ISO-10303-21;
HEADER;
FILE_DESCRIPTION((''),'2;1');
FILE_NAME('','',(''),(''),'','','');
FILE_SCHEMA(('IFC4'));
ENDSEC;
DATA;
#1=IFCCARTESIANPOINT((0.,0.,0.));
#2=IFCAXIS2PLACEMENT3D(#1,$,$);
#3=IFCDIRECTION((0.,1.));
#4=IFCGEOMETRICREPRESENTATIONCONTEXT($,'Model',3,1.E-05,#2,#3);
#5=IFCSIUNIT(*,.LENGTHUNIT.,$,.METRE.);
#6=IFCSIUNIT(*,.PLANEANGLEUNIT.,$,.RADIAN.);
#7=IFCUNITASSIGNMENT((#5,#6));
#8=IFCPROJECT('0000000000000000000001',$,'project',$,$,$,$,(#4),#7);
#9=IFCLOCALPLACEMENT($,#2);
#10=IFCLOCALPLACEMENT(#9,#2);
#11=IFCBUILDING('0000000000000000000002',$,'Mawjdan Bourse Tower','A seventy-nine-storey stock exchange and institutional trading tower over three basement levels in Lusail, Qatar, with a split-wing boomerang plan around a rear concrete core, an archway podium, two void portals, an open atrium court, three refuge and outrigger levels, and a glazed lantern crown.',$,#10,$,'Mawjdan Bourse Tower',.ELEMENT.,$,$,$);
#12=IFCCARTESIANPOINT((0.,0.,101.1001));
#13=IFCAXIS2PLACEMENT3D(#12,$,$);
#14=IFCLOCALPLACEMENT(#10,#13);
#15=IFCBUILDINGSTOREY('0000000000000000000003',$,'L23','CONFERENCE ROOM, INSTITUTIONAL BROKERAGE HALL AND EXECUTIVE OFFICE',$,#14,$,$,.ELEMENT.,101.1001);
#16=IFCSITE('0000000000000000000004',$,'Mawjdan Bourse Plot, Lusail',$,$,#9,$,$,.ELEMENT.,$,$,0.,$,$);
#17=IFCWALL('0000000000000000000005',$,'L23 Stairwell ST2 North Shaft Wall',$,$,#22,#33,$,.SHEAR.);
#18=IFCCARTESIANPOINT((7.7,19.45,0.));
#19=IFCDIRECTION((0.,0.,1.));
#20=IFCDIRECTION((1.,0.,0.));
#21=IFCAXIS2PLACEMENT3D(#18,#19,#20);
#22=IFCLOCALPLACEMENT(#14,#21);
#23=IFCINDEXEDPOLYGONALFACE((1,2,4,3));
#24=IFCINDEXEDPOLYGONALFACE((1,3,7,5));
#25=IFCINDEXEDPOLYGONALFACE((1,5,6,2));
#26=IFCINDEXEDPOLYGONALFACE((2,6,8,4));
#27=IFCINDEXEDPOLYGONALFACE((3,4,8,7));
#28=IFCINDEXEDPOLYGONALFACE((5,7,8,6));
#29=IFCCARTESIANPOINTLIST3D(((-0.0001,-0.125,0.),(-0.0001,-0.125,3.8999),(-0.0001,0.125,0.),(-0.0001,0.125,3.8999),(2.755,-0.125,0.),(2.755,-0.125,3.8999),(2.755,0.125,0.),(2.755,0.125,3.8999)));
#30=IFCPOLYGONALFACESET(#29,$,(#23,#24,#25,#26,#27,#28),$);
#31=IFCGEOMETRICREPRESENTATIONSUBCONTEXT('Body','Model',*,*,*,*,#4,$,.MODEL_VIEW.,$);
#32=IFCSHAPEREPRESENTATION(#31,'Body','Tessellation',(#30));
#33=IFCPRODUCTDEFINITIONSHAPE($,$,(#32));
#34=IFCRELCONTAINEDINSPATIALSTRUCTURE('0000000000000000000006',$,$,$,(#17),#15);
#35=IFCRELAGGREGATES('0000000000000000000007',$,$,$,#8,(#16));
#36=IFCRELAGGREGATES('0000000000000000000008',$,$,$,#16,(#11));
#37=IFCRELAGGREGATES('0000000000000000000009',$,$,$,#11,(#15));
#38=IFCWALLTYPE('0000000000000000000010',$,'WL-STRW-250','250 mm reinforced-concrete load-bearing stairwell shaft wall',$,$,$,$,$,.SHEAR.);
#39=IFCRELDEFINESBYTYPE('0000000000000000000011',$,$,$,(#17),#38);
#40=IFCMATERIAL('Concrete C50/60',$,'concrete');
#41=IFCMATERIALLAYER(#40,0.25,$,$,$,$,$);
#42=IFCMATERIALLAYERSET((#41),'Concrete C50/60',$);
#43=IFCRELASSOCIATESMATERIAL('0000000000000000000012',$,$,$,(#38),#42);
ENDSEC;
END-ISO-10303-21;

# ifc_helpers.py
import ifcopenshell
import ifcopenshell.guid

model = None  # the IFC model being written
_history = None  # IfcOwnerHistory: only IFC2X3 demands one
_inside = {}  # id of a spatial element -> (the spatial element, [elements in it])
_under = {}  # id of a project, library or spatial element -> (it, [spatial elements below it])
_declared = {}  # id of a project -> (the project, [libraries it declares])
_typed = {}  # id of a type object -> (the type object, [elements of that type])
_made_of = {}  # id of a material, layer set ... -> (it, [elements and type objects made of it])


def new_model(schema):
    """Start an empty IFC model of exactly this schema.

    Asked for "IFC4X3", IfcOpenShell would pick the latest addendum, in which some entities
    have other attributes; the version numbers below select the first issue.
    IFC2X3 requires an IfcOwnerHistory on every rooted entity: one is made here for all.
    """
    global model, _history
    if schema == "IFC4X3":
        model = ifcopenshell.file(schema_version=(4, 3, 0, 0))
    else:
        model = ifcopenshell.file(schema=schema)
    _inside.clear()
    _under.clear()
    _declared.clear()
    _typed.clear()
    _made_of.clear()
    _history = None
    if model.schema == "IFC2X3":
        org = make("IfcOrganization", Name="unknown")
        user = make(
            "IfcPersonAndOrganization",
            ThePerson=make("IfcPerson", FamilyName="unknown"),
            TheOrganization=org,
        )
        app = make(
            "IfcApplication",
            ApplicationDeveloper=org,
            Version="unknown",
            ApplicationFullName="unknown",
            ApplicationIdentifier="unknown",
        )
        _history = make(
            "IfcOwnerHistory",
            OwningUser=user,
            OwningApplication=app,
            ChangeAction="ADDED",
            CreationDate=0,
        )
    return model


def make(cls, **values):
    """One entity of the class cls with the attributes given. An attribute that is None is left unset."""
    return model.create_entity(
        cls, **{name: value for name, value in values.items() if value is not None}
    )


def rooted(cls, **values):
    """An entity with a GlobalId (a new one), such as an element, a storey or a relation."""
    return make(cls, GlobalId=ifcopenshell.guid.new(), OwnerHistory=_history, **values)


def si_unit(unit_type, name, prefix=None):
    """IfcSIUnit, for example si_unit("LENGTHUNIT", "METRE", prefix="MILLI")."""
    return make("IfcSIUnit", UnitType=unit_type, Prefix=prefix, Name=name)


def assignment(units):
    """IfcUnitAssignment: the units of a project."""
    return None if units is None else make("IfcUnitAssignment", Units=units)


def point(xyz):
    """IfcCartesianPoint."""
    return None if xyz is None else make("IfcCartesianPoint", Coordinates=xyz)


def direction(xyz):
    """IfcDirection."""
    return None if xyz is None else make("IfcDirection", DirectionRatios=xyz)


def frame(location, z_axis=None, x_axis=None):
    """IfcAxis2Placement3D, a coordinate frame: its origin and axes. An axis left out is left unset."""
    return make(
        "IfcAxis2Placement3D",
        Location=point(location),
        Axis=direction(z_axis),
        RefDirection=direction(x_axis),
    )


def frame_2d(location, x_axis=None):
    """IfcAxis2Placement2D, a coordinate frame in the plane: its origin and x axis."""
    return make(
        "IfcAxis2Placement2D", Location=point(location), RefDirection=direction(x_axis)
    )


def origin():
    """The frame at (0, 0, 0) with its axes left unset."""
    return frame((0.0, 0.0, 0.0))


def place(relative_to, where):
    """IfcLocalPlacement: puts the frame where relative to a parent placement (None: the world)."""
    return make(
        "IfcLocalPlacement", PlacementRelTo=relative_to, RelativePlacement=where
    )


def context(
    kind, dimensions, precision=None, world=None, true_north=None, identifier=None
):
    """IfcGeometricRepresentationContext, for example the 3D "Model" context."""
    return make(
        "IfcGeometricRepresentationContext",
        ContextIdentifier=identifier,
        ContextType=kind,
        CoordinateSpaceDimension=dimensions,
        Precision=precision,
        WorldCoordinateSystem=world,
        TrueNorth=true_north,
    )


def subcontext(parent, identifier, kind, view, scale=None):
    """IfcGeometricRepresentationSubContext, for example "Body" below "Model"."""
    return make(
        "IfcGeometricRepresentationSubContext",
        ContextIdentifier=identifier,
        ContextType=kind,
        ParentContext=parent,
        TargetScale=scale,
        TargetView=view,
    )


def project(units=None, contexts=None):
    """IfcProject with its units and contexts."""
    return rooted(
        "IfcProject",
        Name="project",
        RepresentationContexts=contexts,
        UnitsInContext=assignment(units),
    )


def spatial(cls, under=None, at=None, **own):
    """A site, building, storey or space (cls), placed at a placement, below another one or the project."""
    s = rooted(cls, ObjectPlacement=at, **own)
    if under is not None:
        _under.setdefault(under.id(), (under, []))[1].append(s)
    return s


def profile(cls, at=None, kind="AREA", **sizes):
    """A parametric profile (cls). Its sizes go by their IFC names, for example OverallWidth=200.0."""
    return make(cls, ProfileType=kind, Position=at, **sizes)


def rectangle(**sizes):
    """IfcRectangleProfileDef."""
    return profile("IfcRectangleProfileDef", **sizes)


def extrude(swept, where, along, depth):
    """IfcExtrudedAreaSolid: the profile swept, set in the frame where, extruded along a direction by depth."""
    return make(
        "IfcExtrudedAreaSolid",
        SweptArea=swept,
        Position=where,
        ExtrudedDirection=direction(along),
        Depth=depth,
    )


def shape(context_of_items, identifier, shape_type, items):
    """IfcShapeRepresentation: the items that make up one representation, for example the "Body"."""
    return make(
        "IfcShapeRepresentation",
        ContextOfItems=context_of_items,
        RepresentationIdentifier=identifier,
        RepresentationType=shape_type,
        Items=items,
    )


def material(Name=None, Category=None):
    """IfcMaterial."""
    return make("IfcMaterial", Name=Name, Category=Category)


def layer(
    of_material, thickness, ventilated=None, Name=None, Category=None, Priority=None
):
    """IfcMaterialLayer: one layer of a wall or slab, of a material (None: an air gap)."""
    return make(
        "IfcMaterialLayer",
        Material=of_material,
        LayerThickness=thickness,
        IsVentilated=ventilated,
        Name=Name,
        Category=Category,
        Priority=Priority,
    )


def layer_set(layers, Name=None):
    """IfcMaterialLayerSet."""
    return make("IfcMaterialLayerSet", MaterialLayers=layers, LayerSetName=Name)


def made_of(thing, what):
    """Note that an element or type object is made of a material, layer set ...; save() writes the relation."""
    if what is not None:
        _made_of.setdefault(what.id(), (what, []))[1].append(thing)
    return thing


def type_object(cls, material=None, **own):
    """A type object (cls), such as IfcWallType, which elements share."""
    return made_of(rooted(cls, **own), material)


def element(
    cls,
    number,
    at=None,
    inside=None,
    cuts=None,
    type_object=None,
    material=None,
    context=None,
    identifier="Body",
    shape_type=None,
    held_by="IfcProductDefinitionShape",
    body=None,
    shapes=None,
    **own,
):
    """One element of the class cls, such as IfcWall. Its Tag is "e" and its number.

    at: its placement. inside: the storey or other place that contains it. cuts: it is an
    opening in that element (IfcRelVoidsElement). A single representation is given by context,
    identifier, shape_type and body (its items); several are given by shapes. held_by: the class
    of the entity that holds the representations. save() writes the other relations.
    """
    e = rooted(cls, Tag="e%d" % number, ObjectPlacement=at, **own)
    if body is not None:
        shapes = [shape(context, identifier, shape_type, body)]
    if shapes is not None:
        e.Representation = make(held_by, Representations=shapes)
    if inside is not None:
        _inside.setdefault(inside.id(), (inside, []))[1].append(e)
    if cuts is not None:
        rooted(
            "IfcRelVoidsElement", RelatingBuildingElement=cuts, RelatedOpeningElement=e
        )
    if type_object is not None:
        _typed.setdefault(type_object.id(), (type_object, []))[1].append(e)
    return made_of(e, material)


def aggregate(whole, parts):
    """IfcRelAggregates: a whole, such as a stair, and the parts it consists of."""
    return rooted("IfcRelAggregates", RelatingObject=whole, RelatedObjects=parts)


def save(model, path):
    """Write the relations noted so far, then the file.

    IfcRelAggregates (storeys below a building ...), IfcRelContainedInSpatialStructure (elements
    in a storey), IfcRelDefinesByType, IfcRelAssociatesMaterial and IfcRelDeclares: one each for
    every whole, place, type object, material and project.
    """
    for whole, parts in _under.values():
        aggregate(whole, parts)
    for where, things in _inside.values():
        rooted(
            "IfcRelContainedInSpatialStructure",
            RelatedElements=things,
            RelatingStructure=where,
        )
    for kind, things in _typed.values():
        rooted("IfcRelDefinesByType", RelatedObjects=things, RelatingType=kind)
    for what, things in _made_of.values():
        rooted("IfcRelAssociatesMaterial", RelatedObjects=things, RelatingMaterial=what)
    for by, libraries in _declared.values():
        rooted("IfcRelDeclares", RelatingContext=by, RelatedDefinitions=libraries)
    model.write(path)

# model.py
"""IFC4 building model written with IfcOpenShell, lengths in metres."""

from ifc_helpers import new_model, si_unit, direction, frame, frame_2d, origin, place, context, subcontext, project, spatial, rectangle, extrude, material, layer, layer_set, type_object, element, save


model = new_model("IFC4")

# Units and contexts
model_context = context("Model", 3, precision=1e-05, world=origin(), true_north=direction((0.0, 1.0)))
body_context = subcontext(model_context, "Body", "Model", "MODEL_VIEW")
ifc_project = project(units=[si_unit("LENGTHUNIT", "METRE"), si_unit("PLANEANGLEUNIT", "RADIAN")], contexts=[model_context])

# Site, building, storey
site_placement = place(None, origin())
site = spatial("IfcSite", under=ifc_project, at=site_placement, Name="Mawjdan Bourse Plot, Lusail", CompositionType="ELEMENT", RefElevation=0.0)
building_placement = place(site_placement, origin())
building = spatial("IfcBuilding", under=site, at=building_placement, Name="Mawjdan Bourse Tower", Description="A seventy-nine-storey stock exchange and institutional trading tower over three basement levels in Lusail, Qatar, with a split-wing boomerang plan around a rear concrete core, an archway podium, two void portals, an open atrium court, three refuge and outrigger levels, and a glazed lantern crown.", LongName="Mawjdan Bourse Tower", CompositionType="ELEMENT")
storey_placement = place(building_placement, frame((0.0, 0.0, 101.1001)))
storey = spatial("IfcBuildingStorey", under=building, at=storey_placement, Name="L23", Description="CONFERENCE ROOM, INSTITUTIONAL BROKERAGE HALL AND EXECUTIVE OFFICE", CompositionType="ELEMENT", Elevation=101.1001)

# Wall
ifc_material_1 = material(Name="Concrete C50/60", Category="concrete")
ifc_layer_1 = layer(ifc_material_1, 0.25)
ifc_layer_set_1 = layer_set([ifc_layer_1], Name="Concrete C50/60")
wall_type_1 = type_object("IfcWallType", Name="WL-STRW-250", Description="250 mm reinforced-concrete load-bearing stairwell shaft wall", PredefinedType="SHEAR", material=ifc_layer_set_1)
wall_1_placement = place(storey_placement, frame((7.7, 19.45, 0.0), z_axis=(0.0, 0.0, 1.0), x_axis=(1.0, 0.0, 0.0)))
element("IfcWall", 1, at=wall_1_placement, inside=storey, type_object=wall_type_1, Name="L23 Stairwell ST2 North Shaft Wall", PredefinedType="SHEAR", context=body_context, shape_type="SweptSolid", body=[
    extrude(rectangle(XDim=2.7551, YDim=0.25, at=frame_2d((1.3774, 0.0))), origin(), (0.0, 0.0, 1.0), 3.8999),
])

save(model, "model.ifc")
